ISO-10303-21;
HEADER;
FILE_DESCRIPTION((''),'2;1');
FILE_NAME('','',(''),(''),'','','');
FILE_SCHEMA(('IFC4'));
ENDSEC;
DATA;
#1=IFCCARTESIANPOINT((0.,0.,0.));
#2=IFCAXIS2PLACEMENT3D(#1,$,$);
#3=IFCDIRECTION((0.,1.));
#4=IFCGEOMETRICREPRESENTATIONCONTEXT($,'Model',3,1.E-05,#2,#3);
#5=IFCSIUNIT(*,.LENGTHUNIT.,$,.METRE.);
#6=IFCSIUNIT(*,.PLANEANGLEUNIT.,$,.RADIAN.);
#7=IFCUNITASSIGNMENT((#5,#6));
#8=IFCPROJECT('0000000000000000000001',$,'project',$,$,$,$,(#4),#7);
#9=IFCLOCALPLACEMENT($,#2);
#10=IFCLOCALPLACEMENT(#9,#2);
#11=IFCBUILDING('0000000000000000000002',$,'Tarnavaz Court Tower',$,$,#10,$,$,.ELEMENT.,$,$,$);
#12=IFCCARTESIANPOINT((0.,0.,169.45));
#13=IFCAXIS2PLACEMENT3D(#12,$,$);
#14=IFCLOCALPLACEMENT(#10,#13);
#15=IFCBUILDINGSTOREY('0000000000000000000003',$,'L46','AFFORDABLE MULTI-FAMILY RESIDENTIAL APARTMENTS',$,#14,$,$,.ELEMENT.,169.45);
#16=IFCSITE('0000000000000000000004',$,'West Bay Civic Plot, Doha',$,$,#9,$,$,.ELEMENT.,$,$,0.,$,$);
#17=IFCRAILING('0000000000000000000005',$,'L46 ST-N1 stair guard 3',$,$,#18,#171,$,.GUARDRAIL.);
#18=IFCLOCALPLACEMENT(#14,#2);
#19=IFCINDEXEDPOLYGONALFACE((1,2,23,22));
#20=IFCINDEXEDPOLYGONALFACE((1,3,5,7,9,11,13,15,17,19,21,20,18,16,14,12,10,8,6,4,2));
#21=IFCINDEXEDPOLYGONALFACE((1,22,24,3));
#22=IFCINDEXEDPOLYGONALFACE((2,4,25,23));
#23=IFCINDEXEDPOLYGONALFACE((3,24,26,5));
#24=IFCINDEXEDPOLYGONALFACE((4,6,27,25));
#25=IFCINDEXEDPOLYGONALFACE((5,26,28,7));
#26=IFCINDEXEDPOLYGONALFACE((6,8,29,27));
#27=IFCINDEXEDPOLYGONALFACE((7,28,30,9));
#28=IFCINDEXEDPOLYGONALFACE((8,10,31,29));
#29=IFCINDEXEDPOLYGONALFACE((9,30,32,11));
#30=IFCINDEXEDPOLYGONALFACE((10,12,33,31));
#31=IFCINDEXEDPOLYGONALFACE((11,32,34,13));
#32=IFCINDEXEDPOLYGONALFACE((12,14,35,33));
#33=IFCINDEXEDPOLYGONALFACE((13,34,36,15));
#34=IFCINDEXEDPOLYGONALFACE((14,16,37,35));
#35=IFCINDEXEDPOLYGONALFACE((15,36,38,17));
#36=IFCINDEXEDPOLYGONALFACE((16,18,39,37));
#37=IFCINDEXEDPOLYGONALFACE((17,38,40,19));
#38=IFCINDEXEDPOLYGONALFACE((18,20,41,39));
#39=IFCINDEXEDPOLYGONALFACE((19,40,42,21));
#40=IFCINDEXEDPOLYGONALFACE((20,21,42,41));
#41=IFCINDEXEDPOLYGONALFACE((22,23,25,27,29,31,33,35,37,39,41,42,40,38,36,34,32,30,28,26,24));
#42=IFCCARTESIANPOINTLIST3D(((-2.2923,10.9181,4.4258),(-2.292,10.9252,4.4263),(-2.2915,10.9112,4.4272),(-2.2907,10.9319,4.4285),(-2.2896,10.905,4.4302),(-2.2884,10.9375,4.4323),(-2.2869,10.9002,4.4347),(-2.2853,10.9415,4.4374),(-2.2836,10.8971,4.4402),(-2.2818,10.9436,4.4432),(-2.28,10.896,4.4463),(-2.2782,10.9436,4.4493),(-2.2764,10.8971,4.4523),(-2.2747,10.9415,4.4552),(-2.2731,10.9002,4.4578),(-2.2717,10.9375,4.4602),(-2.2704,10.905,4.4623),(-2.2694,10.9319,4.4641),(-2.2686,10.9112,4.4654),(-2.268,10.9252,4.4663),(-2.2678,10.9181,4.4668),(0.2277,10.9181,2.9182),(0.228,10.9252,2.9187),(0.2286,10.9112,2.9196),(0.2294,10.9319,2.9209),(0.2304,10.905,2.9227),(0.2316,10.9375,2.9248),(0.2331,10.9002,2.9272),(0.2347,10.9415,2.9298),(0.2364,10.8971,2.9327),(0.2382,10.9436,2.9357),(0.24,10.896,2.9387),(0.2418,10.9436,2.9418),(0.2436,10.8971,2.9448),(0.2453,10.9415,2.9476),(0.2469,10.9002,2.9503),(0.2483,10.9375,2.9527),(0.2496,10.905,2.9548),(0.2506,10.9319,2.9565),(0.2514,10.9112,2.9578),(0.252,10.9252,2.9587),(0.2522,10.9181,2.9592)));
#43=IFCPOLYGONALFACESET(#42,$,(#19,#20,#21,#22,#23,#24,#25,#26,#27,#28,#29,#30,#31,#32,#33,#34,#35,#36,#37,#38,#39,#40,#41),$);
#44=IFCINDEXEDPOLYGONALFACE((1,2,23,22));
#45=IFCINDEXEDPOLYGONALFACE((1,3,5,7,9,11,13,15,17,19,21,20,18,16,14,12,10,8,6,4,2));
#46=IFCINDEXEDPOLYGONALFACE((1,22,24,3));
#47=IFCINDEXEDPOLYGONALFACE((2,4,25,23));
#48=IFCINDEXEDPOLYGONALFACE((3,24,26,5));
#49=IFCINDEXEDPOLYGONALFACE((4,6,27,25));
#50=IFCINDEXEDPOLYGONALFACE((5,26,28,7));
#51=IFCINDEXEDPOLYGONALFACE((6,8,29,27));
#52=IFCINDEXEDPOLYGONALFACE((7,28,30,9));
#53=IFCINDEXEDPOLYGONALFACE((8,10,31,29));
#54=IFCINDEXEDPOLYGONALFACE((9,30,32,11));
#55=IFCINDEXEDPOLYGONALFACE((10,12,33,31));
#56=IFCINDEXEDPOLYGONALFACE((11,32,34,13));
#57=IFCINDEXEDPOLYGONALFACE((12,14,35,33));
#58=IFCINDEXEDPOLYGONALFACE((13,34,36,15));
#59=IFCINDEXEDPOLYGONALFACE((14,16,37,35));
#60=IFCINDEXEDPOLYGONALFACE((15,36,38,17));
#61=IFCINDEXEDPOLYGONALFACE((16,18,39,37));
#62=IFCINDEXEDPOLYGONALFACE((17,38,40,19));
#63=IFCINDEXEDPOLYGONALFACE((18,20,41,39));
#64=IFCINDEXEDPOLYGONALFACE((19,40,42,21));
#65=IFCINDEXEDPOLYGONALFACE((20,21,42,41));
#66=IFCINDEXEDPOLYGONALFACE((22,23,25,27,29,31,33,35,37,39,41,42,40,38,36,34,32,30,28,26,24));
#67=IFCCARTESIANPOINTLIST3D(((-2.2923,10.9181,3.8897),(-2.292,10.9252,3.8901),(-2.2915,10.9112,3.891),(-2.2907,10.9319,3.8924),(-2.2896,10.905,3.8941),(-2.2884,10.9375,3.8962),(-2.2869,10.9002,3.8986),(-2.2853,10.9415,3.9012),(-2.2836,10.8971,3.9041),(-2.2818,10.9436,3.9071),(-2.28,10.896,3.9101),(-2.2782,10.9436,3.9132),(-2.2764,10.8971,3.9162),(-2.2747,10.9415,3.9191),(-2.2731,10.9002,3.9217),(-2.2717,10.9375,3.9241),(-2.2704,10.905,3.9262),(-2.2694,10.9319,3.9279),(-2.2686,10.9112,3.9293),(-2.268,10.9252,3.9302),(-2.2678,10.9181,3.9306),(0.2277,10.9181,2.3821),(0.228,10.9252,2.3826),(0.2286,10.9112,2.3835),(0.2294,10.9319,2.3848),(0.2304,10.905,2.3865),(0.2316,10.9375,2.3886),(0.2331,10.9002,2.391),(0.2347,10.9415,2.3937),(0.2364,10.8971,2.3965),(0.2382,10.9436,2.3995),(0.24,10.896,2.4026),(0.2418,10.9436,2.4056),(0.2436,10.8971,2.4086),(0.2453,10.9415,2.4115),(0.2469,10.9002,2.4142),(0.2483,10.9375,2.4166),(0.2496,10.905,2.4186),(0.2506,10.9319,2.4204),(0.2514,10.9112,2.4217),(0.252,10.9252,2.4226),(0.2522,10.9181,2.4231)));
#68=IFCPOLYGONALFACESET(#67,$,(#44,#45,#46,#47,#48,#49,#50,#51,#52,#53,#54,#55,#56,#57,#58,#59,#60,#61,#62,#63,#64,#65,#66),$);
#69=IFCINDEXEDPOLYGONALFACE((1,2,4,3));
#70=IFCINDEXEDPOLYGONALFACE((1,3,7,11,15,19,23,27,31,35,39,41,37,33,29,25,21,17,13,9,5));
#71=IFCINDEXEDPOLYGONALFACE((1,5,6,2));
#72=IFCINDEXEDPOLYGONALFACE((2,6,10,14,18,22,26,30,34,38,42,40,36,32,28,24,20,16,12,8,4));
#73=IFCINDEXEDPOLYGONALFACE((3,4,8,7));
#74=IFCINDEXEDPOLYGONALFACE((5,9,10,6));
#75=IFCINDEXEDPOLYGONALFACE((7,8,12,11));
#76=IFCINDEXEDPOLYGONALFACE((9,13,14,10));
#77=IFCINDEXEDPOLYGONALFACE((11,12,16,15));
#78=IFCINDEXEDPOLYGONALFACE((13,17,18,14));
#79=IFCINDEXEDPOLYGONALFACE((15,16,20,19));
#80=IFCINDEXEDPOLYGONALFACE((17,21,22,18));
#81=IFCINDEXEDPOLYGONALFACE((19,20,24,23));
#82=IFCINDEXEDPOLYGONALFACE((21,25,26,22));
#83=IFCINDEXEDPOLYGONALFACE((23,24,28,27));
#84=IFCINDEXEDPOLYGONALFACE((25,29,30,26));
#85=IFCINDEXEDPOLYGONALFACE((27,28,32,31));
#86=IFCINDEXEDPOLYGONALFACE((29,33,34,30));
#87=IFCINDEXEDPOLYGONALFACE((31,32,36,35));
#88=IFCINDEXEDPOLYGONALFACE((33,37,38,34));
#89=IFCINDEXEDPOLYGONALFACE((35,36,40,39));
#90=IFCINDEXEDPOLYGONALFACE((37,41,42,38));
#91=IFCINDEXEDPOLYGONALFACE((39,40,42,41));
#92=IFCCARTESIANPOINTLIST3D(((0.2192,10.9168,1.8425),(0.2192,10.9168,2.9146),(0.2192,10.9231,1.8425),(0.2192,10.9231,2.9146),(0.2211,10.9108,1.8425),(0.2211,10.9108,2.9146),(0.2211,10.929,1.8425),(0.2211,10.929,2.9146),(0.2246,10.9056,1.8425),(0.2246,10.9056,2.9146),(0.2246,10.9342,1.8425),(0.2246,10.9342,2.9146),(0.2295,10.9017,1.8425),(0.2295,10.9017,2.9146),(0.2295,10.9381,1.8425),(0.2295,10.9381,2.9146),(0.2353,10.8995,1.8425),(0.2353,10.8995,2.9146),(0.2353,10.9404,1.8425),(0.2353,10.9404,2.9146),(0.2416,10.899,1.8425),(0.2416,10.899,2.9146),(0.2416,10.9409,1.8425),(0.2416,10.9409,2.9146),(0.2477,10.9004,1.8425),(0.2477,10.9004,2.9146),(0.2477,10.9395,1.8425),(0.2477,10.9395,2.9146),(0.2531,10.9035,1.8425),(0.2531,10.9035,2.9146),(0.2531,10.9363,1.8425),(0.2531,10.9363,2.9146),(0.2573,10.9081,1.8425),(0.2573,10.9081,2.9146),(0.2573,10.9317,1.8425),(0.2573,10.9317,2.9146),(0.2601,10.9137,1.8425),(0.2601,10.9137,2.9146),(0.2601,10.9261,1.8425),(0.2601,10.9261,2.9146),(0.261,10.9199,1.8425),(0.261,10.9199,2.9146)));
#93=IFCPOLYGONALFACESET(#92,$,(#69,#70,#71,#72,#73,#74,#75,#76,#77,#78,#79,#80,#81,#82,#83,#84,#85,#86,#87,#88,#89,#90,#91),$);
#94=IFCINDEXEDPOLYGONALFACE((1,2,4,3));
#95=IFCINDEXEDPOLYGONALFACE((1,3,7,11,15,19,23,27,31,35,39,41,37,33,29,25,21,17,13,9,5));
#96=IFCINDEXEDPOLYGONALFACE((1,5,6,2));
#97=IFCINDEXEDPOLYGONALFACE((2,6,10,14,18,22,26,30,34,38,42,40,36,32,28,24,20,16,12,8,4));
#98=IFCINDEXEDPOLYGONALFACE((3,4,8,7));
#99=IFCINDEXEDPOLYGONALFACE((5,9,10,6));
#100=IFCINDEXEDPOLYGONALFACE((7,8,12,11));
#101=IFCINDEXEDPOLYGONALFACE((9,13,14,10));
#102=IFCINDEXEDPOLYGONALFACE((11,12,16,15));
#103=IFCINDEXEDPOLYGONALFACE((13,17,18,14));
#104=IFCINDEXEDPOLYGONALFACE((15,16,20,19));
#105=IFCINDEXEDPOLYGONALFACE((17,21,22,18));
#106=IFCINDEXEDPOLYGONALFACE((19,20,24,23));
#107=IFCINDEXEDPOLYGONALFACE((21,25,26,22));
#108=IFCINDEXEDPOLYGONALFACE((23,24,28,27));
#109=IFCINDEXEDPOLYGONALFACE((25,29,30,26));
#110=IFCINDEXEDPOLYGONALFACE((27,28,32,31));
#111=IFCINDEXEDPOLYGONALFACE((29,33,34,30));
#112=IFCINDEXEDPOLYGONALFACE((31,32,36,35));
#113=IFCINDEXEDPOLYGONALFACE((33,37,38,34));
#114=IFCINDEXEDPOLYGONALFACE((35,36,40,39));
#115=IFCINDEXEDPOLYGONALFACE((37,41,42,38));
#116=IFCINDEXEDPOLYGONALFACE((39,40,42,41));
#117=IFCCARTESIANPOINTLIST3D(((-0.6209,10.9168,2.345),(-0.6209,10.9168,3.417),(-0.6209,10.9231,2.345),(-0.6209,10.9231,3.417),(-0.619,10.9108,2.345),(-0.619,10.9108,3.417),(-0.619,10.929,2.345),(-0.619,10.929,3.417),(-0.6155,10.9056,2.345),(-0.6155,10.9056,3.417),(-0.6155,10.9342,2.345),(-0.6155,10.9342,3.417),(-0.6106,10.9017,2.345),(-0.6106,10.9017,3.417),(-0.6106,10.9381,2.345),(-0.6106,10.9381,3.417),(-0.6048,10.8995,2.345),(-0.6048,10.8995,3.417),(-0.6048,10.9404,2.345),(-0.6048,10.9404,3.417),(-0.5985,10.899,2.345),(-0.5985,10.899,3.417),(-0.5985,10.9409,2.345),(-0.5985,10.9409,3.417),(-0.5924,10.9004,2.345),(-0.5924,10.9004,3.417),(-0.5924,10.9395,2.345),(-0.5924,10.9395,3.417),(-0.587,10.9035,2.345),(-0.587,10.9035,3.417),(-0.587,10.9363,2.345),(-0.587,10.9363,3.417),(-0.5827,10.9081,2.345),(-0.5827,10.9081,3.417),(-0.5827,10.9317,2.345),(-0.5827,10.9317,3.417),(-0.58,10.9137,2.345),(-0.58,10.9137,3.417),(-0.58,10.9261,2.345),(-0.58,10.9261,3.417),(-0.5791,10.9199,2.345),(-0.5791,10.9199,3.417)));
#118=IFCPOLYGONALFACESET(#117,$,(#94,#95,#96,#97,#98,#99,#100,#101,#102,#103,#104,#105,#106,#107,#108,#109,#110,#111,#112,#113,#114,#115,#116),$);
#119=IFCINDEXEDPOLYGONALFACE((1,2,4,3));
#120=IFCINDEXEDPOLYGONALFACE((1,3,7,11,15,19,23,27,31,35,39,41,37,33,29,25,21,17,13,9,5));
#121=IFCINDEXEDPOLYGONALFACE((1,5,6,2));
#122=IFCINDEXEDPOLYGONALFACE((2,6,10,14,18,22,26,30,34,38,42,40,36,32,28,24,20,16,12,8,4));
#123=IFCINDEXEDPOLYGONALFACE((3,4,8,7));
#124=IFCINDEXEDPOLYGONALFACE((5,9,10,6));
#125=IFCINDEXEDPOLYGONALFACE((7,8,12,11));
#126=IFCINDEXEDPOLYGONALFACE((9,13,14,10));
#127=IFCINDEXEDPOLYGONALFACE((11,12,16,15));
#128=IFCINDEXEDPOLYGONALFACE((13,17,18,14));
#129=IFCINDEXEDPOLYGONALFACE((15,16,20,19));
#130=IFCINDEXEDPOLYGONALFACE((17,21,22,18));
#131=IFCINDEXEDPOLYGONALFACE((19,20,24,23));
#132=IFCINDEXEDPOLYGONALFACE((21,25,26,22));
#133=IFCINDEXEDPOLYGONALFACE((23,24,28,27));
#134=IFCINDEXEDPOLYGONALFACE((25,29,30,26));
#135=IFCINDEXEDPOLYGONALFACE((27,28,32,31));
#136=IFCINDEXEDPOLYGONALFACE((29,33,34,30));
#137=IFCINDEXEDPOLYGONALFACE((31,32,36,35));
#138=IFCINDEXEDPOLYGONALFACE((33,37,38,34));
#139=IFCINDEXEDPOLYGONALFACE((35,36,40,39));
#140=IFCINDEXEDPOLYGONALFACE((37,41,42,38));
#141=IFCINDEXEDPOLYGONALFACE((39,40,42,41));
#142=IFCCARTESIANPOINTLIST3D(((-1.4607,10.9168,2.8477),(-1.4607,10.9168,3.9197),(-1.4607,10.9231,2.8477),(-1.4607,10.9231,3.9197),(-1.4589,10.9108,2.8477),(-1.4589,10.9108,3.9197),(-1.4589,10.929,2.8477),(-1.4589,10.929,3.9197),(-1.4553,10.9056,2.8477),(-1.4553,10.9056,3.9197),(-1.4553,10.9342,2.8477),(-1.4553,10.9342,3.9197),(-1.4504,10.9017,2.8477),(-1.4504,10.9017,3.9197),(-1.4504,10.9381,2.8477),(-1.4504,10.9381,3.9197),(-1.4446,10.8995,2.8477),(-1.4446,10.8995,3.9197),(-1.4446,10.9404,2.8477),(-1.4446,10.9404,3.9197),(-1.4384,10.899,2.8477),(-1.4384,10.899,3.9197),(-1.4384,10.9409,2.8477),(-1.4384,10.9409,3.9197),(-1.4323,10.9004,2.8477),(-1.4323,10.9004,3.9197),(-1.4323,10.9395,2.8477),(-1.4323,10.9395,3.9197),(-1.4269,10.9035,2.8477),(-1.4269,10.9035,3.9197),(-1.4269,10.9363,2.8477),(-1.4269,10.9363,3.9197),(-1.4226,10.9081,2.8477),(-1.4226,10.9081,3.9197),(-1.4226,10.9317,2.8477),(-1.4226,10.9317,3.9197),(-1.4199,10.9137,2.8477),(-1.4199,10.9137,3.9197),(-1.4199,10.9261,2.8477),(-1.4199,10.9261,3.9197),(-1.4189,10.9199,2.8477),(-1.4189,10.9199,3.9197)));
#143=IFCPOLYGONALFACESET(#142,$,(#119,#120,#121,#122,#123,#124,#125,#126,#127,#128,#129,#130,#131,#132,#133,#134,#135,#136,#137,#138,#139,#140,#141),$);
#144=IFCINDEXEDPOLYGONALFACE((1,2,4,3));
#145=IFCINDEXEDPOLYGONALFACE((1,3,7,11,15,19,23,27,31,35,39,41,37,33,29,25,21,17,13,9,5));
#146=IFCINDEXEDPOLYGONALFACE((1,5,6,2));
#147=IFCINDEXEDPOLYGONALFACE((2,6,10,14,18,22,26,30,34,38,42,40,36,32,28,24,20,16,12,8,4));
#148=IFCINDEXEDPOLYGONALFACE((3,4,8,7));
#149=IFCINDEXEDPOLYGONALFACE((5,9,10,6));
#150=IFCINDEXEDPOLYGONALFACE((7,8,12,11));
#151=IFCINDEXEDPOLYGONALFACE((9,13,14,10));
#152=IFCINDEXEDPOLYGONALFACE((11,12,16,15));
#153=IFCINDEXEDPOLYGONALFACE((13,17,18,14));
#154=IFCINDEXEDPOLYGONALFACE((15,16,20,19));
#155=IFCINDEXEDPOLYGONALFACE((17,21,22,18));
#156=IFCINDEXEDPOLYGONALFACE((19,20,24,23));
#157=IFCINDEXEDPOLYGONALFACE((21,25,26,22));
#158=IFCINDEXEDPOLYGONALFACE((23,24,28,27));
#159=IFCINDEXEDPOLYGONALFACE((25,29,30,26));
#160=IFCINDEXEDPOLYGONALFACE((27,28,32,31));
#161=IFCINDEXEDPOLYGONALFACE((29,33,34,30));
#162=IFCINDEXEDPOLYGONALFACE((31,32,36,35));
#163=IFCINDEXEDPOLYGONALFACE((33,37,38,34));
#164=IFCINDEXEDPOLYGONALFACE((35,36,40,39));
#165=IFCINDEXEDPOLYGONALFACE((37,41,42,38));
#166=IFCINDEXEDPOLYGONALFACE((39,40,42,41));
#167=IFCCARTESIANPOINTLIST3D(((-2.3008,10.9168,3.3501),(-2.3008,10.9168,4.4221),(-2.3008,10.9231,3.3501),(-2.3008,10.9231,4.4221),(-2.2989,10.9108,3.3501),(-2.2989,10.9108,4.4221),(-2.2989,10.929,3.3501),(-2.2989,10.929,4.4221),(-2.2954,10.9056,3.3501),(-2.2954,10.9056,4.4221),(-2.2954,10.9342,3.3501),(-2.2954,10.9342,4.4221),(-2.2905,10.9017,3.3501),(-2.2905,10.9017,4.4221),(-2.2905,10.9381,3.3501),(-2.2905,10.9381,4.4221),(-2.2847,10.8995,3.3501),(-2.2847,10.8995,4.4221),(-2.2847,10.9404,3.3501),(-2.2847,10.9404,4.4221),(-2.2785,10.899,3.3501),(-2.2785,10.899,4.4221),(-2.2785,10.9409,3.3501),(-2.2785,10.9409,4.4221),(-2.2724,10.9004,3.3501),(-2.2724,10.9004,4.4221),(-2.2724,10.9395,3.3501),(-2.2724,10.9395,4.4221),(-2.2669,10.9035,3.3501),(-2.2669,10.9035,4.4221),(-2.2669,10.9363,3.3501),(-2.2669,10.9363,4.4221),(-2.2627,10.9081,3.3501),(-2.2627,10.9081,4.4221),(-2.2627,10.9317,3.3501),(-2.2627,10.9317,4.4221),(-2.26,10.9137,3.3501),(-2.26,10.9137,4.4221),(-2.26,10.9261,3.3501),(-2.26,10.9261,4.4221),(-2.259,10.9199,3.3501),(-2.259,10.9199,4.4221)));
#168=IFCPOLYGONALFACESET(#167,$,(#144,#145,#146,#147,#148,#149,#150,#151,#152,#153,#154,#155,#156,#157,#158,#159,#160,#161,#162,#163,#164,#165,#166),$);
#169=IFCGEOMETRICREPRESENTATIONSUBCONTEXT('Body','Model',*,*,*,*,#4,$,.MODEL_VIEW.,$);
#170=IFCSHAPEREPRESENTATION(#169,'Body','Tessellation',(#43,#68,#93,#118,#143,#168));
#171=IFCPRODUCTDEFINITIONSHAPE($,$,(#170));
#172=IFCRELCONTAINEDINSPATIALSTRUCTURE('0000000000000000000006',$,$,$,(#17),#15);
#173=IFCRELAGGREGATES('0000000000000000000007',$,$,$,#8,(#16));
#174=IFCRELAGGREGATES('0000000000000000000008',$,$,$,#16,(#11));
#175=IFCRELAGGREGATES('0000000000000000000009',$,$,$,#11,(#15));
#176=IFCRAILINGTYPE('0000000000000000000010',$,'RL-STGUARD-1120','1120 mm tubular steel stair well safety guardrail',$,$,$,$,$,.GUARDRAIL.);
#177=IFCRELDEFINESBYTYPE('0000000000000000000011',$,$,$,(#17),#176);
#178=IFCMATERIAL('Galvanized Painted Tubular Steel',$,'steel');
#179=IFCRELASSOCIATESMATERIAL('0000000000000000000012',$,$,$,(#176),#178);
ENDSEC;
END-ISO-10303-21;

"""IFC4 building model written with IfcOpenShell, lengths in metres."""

from ifc_helpers import new_model, si_unit, direction, frame, origin, origin_2d, place, context, subcontext, project, spatial, circle, extrude, material, type_object, element, save


model = new_model("IFC4")

# Units and contexts
model_context = context("Model", 3, precision=1e-05, world=origin(), true_north=direction((0.0, 1.0)))
body_context = subcontext(model_context, "Body", "Model", "MODEL_VIEW")
ifc_project = project(units=[si_unit("LENGTHUNIT", "METRE"), si_unit("PLANEANGLEUNIT", "RADIAN")], contexts=[model_context])

# Site, building, storey
site_placement = place(None, origin())
site = spatial("IfcSite", under=ifc_project, at=site_placement, Name="West Bay Civic Plot, Doha", CompositionType="ELEMENT", RefElevation=0.0)
building_placement = place(site_placement, origin())
building = spatial("IfcBuilding", under=site, at=building_placement, Name="Tarnavaz Court Tower", CompositionType="ELEMENT")
storey_placement = place(building_placement, frame((0.0, 0.0, 169.45)))
storey = spatial("IfcBuildingStorey", under=building, at=storey_placement, Name="L46", Description="AFFORDABLE MULTI-FAMILY RESIDENTIAL APARTMENTS", CompositionType="ELEMENT", Elevation=169.45)

# Railing
ifc_material_1 = material(Name="Galvanized Painted Tubular Steel", Category="steel")
railing_type_1 = type_object("IfcRailingType", Name="RL-STGUARD-1120", Description="1120 mm tubular steel stair well safety guardrail", PredefinedType="GUARDRAIL", material=ifc_material_1)
railing_1_placement = place(storey_placement, frame((0.24, 10.9199, 1.8425)))
element("IfcRailing", 1, at=railing_1_placement, inside=storey, type_object=railing_type_1, Name="L46 ST-N1 stair guard 3", PredefinedType="GUARDRAIL", context=body_context, shape_type="SweptSolid", body=[
    extrude(circle(Radius=0.0239, at=origin_2d()), frame((0.0, 0.0, 1.0962), z_axis=(-0.85816, 0.0, 0.513383), x_axis=(0.0, -1.0, 0.0)), (0.0, 0.0, 1.0), 2.9365),
    extrude(circle(Radius=0.0239, at=origin_2d()), frame((0.0, 0.0, 0.5601), z_axis=(-0.85816, 0.0, 0.513383), x_axis=(0.0, -1.0, 0.0)), (0.0, 0.0, 1.0), 2.9365),
    extrude(circle(Radius=0.021, at=origin_2d()), origin(), (0.0, 0.0, 1.0), 1.072),
    extrude(circle(Radius=0.021, at=origin_2d()), frame((-0.8401, 0.0, 0.5024)), (0.0, 0.0, 1.0), 1.072),
    extrude(circle(Radius=0.021, at=origin_2d()), frame((-1.6799, 0.0, 1.0051)), (0.0, 0.0, 1.0), 1.072),
    extrude(circle(Radius=0.021, at=origin_2d()), frame((-2.52, 0.0, 1.5076)), (0.0, 0.0, 1.0), 1.072),
])

save(model, "model.ifc")
